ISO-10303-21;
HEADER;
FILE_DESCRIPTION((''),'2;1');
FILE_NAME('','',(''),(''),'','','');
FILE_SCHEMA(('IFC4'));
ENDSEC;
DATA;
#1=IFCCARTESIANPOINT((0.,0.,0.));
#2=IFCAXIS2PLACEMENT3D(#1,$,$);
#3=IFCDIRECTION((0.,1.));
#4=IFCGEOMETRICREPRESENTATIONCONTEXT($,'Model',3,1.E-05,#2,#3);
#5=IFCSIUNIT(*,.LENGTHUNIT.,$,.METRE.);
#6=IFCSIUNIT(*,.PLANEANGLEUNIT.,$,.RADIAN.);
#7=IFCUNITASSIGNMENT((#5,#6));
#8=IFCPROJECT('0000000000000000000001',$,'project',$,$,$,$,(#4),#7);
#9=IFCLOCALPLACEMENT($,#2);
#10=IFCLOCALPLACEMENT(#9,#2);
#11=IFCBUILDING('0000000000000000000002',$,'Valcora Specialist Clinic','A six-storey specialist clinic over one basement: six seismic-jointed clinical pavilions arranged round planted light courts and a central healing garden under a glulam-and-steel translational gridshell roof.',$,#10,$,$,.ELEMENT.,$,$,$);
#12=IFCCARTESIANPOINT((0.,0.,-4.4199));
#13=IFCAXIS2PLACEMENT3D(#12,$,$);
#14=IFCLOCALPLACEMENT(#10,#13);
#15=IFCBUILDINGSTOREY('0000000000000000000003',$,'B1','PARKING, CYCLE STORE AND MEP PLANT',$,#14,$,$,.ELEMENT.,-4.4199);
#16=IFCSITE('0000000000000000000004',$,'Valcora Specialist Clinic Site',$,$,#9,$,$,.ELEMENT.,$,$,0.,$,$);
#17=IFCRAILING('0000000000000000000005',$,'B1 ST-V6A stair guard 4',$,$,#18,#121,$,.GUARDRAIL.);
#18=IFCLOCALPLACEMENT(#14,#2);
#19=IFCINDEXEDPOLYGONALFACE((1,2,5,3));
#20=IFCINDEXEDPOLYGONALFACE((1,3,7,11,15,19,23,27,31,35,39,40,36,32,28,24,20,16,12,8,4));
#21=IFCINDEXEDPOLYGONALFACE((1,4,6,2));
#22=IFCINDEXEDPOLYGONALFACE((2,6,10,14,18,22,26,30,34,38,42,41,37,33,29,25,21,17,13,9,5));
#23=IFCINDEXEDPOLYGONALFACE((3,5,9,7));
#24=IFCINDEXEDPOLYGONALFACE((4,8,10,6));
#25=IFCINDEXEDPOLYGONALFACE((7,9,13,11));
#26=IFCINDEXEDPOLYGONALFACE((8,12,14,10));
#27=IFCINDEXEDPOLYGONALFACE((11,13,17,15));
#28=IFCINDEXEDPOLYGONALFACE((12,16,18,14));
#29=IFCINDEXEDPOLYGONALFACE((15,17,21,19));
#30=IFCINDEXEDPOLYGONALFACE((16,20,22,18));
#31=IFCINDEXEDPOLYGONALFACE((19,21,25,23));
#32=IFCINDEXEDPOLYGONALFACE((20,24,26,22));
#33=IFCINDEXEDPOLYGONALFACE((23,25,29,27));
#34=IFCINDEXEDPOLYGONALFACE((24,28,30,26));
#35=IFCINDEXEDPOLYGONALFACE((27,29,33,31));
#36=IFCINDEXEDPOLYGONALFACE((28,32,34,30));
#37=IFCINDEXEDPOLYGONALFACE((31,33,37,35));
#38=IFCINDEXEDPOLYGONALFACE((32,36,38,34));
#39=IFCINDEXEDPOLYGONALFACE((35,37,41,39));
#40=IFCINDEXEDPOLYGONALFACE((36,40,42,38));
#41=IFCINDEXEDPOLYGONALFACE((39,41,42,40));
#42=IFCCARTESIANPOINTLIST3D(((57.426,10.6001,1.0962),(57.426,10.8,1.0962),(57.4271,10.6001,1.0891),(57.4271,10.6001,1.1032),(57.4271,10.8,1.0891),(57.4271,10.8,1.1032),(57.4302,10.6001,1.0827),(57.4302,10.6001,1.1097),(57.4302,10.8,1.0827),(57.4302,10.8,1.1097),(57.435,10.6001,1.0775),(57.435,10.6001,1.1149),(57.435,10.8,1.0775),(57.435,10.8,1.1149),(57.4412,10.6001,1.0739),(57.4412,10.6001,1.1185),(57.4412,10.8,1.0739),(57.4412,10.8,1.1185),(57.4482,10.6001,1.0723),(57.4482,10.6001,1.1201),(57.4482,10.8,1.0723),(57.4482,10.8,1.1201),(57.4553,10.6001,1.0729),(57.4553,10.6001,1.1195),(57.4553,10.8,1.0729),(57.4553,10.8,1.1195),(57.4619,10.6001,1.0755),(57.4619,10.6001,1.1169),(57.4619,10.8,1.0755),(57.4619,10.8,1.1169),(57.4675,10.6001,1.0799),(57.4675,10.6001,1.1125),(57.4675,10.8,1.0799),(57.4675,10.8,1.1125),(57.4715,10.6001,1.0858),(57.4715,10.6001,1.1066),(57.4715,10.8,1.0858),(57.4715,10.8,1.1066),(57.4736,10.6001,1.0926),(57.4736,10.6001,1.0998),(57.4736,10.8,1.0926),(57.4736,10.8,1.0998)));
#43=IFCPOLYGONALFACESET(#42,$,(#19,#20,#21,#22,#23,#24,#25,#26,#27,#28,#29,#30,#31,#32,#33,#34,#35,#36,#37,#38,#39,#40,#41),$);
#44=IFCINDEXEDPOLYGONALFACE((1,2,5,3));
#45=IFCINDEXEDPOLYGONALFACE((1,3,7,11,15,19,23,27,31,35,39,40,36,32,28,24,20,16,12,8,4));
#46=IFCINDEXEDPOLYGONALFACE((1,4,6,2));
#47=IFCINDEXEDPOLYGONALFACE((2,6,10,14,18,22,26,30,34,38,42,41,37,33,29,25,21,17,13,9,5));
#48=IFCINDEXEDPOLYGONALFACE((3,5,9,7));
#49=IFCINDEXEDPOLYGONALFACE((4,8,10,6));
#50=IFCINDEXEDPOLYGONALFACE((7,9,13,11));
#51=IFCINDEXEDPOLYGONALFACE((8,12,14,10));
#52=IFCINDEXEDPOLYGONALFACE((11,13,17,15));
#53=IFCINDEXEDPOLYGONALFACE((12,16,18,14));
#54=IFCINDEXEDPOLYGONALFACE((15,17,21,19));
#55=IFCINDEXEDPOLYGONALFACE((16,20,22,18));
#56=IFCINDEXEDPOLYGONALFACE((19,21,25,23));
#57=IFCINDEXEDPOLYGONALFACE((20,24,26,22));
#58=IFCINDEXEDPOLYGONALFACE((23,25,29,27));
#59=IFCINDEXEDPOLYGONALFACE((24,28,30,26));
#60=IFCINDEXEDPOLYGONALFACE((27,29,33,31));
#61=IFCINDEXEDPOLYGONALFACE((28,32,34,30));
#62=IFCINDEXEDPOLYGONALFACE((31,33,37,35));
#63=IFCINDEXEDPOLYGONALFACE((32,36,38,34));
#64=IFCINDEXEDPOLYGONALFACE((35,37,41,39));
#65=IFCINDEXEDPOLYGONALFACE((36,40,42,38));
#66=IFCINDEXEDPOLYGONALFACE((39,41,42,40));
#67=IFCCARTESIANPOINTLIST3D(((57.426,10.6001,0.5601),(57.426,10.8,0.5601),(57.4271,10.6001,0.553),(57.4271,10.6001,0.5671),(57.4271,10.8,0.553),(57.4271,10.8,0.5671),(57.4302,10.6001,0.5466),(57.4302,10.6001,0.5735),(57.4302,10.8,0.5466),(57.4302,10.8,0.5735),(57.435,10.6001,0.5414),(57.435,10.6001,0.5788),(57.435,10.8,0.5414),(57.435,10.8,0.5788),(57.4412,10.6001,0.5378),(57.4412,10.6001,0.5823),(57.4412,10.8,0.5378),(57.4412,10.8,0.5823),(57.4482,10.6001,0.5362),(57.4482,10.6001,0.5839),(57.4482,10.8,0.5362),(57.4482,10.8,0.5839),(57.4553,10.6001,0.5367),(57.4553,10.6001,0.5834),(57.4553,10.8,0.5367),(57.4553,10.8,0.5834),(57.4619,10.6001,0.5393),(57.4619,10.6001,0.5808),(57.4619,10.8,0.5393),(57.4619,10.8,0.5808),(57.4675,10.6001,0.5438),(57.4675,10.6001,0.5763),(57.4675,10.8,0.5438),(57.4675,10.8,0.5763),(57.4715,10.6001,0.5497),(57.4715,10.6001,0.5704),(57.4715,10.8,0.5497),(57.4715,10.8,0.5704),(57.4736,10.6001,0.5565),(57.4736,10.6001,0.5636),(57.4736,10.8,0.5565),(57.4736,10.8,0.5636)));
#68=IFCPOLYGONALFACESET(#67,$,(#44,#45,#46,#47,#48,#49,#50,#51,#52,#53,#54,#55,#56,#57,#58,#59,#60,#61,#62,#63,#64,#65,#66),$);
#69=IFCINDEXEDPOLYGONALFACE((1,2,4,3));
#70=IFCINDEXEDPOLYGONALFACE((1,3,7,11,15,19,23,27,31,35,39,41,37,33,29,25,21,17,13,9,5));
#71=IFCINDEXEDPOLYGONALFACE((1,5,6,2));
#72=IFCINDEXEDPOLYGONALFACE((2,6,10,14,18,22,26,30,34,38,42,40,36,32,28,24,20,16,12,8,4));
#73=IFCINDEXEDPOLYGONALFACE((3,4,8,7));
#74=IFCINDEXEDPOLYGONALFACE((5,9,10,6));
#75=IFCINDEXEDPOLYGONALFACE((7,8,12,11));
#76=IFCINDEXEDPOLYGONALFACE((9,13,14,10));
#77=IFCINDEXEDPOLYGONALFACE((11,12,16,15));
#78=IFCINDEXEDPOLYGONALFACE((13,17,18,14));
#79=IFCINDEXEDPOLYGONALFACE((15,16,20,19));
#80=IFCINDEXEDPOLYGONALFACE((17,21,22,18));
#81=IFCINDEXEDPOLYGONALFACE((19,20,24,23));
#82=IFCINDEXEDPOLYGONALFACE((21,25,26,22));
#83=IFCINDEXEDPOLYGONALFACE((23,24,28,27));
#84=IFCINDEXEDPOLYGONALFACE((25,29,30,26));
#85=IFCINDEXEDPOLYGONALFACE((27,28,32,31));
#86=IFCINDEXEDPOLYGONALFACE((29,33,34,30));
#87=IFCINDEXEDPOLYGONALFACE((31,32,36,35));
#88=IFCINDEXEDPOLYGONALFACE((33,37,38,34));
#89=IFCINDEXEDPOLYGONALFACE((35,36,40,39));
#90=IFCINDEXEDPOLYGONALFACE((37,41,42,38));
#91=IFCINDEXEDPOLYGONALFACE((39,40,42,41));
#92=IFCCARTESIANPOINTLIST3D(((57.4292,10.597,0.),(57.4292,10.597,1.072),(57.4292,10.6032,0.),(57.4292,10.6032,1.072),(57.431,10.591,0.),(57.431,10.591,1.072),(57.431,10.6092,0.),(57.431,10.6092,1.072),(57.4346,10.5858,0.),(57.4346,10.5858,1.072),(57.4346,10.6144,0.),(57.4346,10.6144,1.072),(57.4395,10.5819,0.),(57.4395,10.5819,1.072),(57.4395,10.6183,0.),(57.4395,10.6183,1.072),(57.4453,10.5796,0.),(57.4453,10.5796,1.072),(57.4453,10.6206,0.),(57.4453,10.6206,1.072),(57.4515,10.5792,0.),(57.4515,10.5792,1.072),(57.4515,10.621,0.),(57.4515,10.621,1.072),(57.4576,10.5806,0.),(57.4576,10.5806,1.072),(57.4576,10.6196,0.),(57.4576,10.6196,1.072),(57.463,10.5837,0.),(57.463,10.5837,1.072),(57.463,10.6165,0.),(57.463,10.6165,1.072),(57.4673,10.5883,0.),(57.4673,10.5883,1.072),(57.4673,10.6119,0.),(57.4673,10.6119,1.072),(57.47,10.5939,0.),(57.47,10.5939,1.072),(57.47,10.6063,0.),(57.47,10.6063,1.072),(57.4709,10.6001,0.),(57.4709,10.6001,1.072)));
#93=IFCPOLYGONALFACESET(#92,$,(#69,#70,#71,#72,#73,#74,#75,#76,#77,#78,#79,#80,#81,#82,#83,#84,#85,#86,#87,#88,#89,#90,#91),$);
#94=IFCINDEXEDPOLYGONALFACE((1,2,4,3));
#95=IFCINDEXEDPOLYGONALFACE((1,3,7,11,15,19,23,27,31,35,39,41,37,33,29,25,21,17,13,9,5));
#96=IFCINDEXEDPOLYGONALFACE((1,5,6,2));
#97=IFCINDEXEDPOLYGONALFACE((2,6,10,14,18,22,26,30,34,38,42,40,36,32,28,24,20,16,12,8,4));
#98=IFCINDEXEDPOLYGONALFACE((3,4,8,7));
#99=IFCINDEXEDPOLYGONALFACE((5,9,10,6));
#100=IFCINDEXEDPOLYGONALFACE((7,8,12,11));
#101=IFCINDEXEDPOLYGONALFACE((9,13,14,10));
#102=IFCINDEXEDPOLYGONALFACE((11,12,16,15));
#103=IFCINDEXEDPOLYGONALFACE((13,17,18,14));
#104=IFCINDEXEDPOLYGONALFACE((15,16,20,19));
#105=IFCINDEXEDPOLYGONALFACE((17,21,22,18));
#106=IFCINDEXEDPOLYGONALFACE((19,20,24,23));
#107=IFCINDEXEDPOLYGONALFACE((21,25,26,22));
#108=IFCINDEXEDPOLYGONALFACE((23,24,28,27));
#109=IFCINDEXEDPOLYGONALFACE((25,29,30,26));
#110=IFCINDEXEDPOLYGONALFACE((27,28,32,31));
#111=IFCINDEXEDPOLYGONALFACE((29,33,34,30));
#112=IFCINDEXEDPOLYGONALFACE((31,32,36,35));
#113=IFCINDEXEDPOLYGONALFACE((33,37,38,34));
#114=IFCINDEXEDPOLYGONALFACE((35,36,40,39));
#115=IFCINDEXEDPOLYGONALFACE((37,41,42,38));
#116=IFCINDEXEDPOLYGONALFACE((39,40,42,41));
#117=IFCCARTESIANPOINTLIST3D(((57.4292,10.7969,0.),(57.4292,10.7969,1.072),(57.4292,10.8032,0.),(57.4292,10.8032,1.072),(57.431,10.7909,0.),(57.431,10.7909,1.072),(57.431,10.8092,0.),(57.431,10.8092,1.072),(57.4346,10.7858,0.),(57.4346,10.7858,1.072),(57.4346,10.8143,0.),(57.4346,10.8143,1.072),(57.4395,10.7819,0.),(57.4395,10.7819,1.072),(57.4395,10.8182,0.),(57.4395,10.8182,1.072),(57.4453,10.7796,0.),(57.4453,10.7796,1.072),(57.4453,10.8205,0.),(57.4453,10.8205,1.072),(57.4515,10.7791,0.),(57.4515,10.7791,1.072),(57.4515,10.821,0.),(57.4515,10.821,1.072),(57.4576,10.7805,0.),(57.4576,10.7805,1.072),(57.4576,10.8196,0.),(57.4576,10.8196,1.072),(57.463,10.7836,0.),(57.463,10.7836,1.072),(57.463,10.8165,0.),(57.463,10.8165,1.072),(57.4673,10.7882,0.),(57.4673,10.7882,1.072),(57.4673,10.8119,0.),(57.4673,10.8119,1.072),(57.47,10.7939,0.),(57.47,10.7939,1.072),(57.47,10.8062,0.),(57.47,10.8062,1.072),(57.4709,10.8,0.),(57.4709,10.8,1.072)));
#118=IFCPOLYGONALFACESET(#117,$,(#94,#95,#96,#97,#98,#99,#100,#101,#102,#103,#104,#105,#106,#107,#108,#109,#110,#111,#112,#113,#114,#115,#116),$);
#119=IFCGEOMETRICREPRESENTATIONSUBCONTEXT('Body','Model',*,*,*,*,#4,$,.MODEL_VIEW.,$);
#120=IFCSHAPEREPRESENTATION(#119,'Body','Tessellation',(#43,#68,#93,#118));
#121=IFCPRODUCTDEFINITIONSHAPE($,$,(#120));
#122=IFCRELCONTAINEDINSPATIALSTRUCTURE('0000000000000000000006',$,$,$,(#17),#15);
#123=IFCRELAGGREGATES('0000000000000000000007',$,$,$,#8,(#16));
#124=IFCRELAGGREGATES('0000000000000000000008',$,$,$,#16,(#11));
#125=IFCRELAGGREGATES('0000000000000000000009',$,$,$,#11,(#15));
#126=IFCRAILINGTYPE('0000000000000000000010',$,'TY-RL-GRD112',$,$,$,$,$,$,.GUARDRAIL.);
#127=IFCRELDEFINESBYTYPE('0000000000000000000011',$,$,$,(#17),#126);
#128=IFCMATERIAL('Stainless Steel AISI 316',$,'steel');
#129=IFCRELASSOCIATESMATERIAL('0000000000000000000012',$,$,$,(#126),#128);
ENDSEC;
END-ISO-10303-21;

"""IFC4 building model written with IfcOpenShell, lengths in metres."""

from ifc_helpers import new_model, si_unit, direction, frame, origin, origin_2d, place, context, subcontext, project, spatial, circle, extrude, material, type_object, element, save


model = new_model("IFC4")

# Units and contexts
model_context = context("Model", 3, precision=1e-05, world=origin(), true_north=direction((0.0, 1.0)))
body_context = subcontext(model_context, "Body", "Model", "MODEL_VIEW")
ifc_project = project(units=[si_unit("LENGTHUNIT", "METRE"), si_unit("PLANEANGLEUNIT", "RADIAN")], contexts=[model_context])

# Site, building, storey
site_placement = place(None, origin())
site = spatial("IfcSite", under=ifc_project, at=site_placement, Name="Valcora Specialist Clinic Site", CompositionType="ELEMENT", RefElevation=0.0)
building_placement = place(site_placement, origin())
building = spatial("IfcBuilding", under=site, at=building_placement, Name="Valcora Specialist Clinic", Description="A six-storey specialist clinic over one basement: six seismic-jointed clinical pavilions arranged round planted light courts and a central healing garden under a glulam-and-steel translational gridshell roof.", CompositionType="ELEMENT")
storey_placement = place(building_placement, frame((0.0, 0.0, -4.4199)))
storey = spatial("IfcBuildingStorey", under=building, at=storey_placement, Name="B1", Description="PARKING, CYCLE STORE AND MEP PLANT", CompositionType="ELEMENT", Elevation=-4.4199)

# Shared definitions
ifc_material_1 = material(Name="Stainless Steel AISI 316", Category="steel")

# Railing
railing_type_1 = type_object("IfcRailingType", Name="TY-RL-GRD112", PredefinedType="GUARDRAIL", material=ifc_material_1)
railing_1_placement = place(storey_placement, frame((57.45, 10.6001, 0.0)))
element("IfcRailing", 1, at=railing_1_placement, inside=storey, type_object=railing_type_1, Name="B1 ST-V6A stair guard 4", PredefinedType="GUARDRAIL", context=body_context, shape_type="SweptSolid", body=[
    extrude(circle(Radius=0.0239, at=origin_2d()), frame((0.0, 0.0, 1.0962), z_axis=(0.0, 1.0, 0.0), x_axis=(-1.0, 0.0, 0.0)), (0.0, 0.0, 1.0), 0.2),
    extrude(circle(Radius=0.0239, at=origin_2d()), frame((0.0, 0.0, 0.5601), z_axis=(0.0, 1.0, 0.0), x_axis=(-1.0, 0.0, 0.0)), (0.0, 0.0, 1.0), 0.2),
    extrude(circle(Radius=0.021, at=origin_2d()), origin(), (0.0, 0.0, 1.0), 1.072),
    extrude(circle(Radius=0.021, at=origin_2d()), frame((0.0, 0.2, 0.0)), (0.0, 0.0, 1.0), 1.072),
])

save(model, "model.ifc")
